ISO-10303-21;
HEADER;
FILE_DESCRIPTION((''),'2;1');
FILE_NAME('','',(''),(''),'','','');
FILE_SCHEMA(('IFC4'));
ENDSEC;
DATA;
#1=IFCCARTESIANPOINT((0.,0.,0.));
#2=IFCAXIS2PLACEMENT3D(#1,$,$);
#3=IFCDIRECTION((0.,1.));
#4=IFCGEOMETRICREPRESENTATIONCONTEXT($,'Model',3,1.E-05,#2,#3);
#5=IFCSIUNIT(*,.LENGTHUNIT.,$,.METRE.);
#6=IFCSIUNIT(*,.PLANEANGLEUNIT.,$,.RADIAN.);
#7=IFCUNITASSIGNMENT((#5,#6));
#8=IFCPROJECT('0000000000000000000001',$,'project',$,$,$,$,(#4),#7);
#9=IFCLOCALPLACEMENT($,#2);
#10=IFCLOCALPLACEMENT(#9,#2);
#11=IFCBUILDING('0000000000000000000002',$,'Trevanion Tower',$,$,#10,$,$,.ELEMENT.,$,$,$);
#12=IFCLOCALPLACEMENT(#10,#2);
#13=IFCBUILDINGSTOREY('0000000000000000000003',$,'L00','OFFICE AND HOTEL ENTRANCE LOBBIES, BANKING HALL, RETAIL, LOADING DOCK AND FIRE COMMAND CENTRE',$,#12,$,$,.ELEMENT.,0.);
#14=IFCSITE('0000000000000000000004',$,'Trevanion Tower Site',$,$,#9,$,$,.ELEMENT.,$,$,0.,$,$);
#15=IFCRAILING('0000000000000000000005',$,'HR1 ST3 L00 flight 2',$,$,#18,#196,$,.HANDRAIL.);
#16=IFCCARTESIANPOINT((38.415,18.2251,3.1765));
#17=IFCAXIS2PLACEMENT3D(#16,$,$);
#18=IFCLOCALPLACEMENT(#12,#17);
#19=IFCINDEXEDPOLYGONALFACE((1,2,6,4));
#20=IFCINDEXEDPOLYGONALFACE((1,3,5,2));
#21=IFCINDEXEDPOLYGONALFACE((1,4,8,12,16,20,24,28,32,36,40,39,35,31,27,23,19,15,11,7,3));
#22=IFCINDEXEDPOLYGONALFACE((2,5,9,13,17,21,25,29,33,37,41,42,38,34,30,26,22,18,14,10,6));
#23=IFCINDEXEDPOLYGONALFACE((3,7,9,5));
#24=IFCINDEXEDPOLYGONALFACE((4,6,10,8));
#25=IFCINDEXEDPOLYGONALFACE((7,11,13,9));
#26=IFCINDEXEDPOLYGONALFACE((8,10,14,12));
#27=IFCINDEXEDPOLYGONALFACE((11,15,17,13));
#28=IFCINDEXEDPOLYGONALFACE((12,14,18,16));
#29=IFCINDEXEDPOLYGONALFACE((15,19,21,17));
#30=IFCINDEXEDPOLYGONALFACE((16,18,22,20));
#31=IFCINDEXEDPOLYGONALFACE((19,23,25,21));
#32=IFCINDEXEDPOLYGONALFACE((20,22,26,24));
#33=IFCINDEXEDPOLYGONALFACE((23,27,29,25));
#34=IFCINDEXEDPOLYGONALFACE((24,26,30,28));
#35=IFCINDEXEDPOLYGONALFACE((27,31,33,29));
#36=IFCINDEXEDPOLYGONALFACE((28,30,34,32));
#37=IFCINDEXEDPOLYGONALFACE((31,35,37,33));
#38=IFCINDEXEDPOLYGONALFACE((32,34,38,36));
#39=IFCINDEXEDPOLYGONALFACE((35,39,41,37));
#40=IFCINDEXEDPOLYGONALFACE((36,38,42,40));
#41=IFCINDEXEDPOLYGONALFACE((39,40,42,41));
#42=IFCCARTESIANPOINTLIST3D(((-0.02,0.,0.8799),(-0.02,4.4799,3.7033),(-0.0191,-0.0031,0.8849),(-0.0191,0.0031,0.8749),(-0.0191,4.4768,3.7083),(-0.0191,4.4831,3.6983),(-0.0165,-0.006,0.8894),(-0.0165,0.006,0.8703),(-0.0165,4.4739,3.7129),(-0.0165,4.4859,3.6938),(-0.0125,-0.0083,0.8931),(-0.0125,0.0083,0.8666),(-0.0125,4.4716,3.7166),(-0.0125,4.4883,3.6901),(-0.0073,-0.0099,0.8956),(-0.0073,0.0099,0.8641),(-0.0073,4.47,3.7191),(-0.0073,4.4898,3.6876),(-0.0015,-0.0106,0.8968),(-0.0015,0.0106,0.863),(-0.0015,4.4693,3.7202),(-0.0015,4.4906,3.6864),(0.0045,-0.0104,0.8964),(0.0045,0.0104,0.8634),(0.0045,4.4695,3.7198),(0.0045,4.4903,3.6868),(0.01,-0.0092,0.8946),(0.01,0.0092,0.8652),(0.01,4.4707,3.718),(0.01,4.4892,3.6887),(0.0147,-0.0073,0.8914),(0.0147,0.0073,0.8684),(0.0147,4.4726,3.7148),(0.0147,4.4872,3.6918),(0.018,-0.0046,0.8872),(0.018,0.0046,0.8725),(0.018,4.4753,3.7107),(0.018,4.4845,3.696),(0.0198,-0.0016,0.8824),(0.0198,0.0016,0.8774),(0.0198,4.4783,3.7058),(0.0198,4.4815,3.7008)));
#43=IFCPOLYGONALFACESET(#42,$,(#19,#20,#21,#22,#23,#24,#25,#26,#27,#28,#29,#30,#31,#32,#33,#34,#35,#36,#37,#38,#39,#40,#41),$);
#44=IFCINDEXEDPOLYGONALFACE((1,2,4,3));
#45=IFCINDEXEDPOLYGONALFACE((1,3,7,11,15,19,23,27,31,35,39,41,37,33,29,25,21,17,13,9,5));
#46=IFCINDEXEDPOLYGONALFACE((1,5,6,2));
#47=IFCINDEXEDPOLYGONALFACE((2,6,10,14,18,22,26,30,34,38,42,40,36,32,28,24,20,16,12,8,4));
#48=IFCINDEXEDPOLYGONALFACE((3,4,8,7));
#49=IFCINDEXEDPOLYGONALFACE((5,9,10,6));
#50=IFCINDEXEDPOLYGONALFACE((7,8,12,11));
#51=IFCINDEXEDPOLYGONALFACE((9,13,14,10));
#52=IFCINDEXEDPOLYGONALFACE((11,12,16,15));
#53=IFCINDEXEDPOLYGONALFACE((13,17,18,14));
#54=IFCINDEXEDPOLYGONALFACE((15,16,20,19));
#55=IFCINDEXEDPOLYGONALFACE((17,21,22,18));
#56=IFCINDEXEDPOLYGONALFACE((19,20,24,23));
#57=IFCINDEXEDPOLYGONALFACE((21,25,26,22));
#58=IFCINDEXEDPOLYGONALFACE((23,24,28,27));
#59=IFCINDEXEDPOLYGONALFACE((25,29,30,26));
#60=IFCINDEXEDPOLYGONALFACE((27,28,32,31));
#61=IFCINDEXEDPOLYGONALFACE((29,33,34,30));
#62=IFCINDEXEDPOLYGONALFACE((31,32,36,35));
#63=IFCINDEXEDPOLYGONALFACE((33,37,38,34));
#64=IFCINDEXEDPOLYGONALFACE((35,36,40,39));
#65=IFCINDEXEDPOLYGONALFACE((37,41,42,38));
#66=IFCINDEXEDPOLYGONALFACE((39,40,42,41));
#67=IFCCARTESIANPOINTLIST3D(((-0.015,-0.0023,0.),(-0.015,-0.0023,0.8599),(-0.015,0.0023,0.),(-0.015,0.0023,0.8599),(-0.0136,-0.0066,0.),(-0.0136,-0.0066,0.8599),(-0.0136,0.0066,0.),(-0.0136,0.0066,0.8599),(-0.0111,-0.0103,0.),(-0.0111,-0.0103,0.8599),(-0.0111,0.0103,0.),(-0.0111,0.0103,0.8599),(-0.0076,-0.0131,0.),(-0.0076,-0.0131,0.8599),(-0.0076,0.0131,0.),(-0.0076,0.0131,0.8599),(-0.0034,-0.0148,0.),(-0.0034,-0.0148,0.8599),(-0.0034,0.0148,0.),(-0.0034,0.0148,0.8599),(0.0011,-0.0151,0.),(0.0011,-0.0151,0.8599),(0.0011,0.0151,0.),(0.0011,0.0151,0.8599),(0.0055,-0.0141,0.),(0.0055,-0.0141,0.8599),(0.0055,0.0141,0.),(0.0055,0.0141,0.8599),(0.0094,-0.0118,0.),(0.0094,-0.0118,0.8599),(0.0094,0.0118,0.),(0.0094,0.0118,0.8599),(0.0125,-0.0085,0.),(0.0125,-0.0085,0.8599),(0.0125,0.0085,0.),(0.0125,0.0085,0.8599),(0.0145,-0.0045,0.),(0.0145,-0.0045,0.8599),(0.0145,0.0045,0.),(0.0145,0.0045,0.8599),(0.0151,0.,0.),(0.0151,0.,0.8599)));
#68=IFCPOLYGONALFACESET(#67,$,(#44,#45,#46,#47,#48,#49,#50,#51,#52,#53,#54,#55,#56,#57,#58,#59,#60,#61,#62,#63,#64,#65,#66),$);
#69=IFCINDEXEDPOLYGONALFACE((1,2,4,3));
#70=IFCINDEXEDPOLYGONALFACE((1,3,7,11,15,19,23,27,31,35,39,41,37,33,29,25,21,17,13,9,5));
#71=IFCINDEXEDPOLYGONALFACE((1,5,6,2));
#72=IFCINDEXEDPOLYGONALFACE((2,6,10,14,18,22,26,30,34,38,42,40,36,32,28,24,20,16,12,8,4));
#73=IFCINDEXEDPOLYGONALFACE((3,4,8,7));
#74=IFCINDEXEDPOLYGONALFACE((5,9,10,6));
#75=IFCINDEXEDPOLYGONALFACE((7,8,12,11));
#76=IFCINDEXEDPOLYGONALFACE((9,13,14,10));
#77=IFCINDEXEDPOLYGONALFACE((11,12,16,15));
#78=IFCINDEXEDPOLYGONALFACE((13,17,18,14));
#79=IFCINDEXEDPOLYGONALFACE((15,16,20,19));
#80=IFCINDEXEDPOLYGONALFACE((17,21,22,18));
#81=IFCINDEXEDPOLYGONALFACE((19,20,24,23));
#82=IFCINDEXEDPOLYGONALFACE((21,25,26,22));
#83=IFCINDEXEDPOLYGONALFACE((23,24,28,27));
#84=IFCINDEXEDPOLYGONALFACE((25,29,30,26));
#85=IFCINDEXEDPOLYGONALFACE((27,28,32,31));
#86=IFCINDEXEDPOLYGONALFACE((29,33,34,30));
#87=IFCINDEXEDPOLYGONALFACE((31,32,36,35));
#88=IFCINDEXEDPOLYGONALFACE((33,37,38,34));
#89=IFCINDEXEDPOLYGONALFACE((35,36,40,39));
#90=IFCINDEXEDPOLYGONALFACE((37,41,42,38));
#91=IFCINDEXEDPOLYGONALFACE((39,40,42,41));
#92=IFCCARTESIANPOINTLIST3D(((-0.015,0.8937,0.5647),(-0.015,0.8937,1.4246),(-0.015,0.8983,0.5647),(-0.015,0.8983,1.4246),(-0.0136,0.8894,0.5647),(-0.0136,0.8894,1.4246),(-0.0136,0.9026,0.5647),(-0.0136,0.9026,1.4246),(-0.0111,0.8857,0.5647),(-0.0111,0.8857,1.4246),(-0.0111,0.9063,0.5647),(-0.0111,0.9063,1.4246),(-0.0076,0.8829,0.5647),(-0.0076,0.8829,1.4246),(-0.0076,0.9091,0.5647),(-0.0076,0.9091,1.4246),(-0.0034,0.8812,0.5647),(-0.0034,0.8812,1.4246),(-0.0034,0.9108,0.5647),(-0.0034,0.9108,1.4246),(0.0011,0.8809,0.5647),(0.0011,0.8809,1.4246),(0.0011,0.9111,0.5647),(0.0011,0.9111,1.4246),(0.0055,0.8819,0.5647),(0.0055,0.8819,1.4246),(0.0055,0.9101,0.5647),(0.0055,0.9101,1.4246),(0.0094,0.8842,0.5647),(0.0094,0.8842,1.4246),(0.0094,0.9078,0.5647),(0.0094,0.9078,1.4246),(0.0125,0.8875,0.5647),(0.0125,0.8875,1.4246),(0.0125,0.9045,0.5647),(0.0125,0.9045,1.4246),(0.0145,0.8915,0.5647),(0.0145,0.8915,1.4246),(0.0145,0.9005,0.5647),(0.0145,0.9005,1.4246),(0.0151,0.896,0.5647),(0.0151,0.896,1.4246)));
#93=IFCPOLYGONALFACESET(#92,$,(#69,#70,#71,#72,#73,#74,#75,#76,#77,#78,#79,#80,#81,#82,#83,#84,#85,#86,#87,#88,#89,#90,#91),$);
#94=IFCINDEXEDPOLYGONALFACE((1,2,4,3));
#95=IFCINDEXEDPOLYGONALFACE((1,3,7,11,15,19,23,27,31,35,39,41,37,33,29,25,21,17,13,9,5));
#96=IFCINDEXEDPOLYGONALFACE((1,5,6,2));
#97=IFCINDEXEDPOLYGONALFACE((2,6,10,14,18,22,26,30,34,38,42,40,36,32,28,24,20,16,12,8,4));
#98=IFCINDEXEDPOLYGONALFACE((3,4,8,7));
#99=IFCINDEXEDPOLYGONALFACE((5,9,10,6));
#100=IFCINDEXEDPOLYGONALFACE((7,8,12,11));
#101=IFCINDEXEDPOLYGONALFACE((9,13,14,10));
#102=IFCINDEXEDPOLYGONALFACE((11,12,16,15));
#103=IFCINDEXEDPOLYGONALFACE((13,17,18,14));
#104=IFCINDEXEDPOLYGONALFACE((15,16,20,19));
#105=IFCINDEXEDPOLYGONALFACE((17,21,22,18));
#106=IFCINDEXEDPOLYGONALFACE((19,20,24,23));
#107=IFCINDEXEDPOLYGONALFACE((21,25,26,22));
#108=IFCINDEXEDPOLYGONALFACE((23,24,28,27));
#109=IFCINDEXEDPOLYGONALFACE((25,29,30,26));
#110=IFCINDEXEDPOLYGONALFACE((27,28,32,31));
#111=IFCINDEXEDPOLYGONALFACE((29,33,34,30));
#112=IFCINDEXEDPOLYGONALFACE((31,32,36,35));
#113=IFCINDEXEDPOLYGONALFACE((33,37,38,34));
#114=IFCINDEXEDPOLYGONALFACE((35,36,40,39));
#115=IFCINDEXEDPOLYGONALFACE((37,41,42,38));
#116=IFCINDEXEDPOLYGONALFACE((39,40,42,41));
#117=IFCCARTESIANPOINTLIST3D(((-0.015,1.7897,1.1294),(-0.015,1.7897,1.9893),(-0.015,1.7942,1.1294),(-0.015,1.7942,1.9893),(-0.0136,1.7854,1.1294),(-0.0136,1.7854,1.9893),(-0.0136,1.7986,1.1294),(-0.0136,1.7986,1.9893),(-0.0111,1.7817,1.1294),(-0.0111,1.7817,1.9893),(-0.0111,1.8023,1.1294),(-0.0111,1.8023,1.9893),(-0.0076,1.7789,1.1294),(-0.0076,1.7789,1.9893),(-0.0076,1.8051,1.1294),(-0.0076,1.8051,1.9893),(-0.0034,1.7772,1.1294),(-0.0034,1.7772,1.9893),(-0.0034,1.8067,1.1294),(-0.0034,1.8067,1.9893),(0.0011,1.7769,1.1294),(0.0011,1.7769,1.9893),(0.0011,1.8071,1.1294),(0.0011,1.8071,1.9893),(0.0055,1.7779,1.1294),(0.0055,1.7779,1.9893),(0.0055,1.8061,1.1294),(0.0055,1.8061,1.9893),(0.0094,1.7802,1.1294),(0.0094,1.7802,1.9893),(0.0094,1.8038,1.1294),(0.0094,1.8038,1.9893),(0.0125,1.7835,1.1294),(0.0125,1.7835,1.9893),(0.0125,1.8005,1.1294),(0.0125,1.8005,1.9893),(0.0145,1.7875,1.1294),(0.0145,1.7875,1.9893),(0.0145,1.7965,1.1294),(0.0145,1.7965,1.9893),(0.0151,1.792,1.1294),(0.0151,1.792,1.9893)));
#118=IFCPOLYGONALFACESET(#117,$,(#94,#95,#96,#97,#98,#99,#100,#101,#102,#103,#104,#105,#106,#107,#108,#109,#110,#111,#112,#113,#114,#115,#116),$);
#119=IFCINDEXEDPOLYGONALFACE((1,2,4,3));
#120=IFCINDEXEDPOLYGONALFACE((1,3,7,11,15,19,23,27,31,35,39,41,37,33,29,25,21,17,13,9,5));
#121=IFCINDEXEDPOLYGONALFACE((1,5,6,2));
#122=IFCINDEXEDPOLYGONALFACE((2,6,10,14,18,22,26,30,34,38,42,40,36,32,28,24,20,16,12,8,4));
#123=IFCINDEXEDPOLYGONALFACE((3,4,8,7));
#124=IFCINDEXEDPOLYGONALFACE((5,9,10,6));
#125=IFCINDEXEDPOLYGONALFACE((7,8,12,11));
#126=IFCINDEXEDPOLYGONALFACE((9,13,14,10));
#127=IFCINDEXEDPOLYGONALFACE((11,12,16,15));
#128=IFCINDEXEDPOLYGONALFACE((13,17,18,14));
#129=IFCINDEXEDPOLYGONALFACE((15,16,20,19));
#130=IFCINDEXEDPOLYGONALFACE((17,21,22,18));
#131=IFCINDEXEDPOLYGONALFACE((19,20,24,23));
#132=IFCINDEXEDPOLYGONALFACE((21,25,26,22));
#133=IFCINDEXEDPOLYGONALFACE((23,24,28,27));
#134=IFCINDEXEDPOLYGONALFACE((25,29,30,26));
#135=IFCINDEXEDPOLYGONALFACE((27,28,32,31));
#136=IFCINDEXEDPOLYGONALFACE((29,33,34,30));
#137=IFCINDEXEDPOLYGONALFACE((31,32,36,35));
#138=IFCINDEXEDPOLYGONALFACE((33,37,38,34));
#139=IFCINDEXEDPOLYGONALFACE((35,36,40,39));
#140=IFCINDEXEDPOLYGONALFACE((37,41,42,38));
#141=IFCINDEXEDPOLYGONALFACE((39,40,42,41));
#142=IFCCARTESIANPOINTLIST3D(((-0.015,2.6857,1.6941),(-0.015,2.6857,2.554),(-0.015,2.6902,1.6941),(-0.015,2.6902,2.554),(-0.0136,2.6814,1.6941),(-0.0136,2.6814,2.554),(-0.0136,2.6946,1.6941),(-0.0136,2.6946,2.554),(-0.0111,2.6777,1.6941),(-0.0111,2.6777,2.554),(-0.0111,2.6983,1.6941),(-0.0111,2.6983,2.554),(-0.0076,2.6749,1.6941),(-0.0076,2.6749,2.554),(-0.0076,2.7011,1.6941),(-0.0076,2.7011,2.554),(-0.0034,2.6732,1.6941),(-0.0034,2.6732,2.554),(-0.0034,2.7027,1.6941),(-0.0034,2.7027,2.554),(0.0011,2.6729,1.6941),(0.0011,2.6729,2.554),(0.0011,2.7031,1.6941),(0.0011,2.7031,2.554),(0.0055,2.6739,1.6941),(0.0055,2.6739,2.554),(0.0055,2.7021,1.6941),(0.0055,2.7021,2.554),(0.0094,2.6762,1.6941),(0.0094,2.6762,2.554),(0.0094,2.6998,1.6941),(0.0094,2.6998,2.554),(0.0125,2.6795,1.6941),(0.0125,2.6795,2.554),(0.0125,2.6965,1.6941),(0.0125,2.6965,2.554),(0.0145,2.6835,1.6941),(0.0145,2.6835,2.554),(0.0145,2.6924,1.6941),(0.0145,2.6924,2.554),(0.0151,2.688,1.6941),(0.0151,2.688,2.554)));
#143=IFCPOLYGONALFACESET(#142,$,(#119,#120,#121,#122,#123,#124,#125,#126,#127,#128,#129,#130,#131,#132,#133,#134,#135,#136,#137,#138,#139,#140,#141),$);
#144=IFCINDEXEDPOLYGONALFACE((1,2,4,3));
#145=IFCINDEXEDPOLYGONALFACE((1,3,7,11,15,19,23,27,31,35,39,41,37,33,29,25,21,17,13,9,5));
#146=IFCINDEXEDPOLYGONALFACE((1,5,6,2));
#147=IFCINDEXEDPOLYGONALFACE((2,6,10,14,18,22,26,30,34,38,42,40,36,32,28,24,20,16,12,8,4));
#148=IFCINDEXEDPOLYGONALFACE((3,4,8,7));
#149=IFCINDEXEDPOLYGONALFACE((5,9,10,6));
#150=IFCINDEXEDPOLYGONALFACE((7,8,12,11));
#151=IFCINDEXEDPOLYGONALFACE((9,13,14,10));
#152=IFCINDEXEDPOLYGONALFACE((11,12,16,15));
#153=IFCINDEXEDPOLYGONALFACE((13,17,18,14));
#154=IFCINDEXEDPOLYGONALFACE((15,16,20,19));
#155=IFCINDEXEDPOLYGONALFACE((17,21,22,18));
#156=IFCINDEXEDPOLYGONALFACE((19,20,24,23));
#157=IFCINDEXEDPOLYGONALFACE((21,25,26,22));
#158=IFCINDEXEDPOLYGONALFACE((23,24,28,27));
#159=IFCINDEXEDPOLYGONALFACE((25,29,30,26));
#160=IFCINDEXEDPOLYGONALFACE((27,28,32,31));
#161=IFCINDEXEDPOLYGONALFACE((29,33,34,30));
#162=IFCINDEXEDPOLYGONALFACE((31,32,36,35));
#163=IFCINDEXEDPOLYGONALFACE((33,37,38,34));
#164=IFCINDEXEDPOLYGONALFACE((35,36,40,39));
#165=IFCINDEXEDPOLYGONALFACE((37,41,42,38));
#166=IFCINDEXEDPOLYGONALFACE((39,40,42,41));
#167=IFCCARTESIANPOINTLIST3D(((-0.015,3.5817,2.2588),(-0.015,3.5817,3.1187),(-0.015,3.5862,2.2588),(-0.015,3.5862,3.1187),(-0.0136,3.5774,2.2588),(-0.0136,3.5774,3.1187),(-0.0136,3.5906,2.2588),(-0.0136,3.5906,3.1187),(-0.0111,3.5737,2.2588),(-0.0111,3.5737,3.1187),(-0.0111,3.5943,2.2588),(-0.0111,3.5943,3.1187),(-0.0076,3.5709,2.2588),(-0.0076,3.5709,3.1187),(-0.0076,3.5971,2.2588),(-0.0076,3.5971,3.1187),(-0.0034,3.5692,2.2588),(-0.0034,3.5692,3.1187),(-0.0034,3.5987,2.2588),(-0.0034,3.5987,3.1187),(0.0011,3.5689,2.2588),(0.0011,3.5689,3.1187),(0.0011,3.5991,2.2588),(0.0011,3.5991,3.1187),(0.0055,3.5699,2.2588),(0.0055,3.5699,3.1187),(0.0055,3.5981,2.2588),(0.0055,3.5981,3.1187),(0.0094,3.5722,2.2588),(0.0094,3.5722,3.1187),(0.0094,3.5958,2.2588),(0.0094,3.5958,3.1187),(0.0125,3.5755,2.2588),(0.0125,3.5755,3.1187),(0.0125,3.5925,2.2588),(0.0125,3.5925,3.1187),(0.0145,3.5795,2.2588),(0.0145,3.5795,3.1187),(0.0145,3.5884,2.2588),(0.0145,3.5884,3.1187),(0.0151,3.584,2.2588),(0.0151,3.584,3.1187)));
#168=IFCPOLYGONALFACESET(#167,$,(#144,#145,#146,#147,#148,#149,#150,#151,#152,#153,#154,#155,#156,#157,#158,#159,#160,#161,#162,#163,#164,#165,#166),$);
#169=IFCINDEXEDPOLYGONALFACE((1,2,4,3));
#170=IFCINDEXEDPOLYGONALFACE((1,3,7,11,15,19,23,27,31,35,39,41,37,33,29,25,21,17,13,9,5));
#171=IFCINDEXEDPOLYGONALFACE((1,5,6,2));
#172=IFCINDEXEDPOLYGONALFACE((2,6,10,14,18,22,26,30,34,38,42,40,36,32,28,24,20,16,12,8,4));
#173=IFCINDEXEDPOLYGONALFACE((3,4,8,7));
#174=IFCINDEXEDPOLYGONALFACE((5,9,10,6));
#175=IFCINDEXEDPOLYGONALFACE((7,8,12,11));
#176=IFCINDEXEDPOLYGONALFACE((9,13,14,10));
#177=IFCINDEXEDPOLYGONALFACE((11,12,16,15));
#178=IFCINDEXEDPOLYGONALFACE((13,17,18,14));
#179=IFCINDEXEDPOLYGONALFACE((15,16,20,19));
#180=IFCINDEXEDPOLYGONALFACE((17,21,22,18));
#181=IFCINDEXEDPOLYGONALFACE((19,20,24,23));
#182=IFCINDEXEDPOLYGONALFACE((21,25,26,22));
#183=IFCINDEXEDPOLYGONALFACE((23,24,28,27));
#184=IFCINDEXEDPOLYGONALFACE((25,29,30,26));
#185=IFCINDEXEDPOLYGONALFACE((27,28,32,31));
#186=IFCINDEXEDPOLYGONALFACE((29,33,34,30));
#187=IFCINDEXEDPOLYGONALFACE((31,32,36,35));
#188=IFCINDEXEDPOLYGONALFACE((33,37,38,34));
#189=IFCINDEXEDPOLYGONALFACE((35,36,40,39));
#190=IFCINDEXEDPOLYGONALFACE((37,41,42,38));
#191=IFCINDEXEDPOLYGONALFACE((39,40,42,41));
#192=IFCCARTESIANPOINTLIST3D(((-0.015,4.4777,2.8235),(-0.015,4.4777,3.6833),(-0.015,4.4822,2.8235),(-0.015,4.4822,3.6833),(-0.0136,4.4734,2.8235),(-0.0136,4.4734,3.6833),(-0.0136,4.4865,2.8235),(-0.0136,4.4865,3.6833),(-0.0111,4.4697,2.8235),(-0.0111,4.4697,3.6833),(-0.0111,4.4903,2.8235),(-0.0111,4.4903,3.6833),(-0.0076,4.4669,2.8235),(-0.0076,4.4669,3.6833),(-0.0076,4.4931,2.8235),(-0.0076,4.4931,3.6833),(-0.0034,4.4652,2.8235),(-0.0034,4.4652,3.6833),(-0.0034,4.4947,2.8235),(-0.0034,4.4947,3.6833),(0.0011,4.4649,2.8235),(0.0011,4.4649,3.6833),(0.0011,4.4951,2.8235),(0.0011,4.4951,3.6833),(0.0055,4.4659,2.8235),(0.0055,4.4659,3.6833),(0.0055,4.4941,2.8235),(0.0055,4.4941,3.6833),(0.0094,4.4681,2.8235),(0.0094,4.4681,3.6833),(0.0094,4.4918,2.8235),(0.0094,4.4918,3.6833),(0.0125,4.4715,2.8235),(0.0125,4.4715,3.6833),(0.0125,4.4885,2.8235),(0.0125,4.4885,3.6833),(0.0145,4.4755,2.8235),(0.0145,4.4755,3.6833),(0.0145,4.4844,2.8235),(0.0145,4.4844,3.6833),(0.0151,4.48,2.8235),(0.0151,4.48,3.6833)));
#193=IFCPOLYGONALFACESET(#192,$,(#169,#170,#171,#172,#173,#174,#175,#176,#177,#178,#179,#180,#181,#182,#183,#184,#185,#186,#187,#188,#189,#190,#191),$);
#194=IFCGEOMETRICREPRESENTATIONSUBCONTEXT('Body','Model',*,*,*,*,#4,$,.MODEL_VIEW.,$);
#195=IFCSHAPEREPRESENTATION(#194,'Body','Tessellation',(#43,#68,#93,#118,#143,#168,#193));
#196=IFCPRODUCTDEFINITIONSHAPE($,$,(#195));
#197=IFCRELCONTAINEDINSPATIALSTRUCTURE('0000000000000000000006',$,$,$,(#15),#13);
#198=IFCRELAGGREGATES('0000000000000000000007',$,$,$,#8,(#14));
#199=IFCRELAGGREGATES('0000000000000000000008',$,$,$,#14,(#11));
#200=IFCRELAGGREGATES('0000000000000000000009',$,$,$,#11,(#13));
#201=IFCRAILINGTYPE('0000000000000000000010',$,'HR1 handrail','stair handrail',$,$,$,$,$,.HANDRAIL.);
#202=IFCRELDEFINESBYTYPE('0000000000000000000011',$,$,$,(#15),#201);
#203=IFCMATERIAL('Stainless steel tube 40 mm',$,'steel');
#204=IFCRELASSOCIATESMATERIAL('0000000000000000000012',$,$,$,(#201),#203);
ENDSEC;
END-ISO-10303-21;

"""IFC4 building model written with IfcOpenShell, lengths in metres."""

from ifc_helpers import new_model, si_unit, direction, frame, origin, origin_2d, place, context, subcontext, project, spatial, circle, extrude, material, type_object, element, save


model = new_model("IFC4")

# Units and contexts
model_context = context("Model", 3, precision=1e-05, world=origin(), true_north=direction((0.0, 1.0)))
body_context = subcontext(model_context, "Body", "Model", "MODEL_VIEW")
ifc_project = project(units=[si_unit("LENGTHUNIT", "METRE"), si_unit("PLANEANGLEUNIT", "RADIAN")], contexts=[model_context])

# Site, building, storey
site_placement = place(None, origin())
site = spatial("IfcSite", under=ifc_project, at=site_placement, Name="Trevanion Tower Site", CompositionType="ELEMENT", RefElevation=0.0)
building_placement = place(site_placement, origin())
building = spatial("IfcBuilding", under=site, at=building_placement, Name="Trevanion Tower", CompositionType="ELEMENT")
storey_placement = place(building_placement, origin())
storey = spatial("IfcBuildingStorey", under=building, at=storey_placement, Name="L00", Description="OFFICE AND HOTEL ENTRANCE LOBBIES, BANKING HALL, RETAIL, LOADING DOCK AND FIRE COMMAND CENTRE", CompositionType="ELEMENT", Elevation=0.0)

# Railing
ifc_material_1 = material(Name="Stainless steel tube 40 mm", Category="steel")
railing_type_1 = type_object("IfcRailingType", Name="HR1 handrail", Description="stair handrail", PredefinedType="HANDRAIL", material=ifc_material_1)
for number, where, name in (
    (1, (38.415, 18.2251, 3.1765), "HR1 ST3 L00 flight 2"),
):
    element("IfcRailing", number, at=place(storey_placement, frame(where)), inside=storey, type_object=railing_type_1, Name=name, PredefinedType="HANDRAIL", context=body_context, shape_type="SweptSolid", body=[
        extrude(circle(Radius=0.02, at=origin_2d()), frame((0.0, 0.0, 0.8799), z_axis=(0.0, 0.845998, 0.533186), x_axis=(-1.0, 0.0, 0.0)), (0.0, 0.0, 1.0), 5.2954),
        extrude(circle(Radius=0.0151, at=origin_2d()), origin(), (0.0, 0.0, 1.0), 0.8599),
        extrude(circle(Radius=0.0151, at=origin_2d()), frame((0.0, 0.896, 0.5647)), (0.0, 0.0, 1.0), 0.8599),
        extrude(circle(Radius=0.0151, at=origin_2d()), frame((0.0, 1.792, 1.1294)), (0.0, 0.0, 1.0), 0.8599),
        extrude(circle(Radius=0.0151, at=origin_2d()), frame((0.0, 2.688, 1.6941)), (0.0, 0.0, 1.0), 0.8599),
        extrude(circle(Radius=0.0151, at=origin_2d()), frame((0.0, 3.584, 2.2588)), (0.0, 0.0, 1.0), 0.8599),
        extrude(circle(Radius=0.0151, at=origin_2d()), frame((0.0, 4.48, 2.8235)), (0.0, 0.0, 1.0), 0.8599),
    ])

save(model, "model.ifc")
